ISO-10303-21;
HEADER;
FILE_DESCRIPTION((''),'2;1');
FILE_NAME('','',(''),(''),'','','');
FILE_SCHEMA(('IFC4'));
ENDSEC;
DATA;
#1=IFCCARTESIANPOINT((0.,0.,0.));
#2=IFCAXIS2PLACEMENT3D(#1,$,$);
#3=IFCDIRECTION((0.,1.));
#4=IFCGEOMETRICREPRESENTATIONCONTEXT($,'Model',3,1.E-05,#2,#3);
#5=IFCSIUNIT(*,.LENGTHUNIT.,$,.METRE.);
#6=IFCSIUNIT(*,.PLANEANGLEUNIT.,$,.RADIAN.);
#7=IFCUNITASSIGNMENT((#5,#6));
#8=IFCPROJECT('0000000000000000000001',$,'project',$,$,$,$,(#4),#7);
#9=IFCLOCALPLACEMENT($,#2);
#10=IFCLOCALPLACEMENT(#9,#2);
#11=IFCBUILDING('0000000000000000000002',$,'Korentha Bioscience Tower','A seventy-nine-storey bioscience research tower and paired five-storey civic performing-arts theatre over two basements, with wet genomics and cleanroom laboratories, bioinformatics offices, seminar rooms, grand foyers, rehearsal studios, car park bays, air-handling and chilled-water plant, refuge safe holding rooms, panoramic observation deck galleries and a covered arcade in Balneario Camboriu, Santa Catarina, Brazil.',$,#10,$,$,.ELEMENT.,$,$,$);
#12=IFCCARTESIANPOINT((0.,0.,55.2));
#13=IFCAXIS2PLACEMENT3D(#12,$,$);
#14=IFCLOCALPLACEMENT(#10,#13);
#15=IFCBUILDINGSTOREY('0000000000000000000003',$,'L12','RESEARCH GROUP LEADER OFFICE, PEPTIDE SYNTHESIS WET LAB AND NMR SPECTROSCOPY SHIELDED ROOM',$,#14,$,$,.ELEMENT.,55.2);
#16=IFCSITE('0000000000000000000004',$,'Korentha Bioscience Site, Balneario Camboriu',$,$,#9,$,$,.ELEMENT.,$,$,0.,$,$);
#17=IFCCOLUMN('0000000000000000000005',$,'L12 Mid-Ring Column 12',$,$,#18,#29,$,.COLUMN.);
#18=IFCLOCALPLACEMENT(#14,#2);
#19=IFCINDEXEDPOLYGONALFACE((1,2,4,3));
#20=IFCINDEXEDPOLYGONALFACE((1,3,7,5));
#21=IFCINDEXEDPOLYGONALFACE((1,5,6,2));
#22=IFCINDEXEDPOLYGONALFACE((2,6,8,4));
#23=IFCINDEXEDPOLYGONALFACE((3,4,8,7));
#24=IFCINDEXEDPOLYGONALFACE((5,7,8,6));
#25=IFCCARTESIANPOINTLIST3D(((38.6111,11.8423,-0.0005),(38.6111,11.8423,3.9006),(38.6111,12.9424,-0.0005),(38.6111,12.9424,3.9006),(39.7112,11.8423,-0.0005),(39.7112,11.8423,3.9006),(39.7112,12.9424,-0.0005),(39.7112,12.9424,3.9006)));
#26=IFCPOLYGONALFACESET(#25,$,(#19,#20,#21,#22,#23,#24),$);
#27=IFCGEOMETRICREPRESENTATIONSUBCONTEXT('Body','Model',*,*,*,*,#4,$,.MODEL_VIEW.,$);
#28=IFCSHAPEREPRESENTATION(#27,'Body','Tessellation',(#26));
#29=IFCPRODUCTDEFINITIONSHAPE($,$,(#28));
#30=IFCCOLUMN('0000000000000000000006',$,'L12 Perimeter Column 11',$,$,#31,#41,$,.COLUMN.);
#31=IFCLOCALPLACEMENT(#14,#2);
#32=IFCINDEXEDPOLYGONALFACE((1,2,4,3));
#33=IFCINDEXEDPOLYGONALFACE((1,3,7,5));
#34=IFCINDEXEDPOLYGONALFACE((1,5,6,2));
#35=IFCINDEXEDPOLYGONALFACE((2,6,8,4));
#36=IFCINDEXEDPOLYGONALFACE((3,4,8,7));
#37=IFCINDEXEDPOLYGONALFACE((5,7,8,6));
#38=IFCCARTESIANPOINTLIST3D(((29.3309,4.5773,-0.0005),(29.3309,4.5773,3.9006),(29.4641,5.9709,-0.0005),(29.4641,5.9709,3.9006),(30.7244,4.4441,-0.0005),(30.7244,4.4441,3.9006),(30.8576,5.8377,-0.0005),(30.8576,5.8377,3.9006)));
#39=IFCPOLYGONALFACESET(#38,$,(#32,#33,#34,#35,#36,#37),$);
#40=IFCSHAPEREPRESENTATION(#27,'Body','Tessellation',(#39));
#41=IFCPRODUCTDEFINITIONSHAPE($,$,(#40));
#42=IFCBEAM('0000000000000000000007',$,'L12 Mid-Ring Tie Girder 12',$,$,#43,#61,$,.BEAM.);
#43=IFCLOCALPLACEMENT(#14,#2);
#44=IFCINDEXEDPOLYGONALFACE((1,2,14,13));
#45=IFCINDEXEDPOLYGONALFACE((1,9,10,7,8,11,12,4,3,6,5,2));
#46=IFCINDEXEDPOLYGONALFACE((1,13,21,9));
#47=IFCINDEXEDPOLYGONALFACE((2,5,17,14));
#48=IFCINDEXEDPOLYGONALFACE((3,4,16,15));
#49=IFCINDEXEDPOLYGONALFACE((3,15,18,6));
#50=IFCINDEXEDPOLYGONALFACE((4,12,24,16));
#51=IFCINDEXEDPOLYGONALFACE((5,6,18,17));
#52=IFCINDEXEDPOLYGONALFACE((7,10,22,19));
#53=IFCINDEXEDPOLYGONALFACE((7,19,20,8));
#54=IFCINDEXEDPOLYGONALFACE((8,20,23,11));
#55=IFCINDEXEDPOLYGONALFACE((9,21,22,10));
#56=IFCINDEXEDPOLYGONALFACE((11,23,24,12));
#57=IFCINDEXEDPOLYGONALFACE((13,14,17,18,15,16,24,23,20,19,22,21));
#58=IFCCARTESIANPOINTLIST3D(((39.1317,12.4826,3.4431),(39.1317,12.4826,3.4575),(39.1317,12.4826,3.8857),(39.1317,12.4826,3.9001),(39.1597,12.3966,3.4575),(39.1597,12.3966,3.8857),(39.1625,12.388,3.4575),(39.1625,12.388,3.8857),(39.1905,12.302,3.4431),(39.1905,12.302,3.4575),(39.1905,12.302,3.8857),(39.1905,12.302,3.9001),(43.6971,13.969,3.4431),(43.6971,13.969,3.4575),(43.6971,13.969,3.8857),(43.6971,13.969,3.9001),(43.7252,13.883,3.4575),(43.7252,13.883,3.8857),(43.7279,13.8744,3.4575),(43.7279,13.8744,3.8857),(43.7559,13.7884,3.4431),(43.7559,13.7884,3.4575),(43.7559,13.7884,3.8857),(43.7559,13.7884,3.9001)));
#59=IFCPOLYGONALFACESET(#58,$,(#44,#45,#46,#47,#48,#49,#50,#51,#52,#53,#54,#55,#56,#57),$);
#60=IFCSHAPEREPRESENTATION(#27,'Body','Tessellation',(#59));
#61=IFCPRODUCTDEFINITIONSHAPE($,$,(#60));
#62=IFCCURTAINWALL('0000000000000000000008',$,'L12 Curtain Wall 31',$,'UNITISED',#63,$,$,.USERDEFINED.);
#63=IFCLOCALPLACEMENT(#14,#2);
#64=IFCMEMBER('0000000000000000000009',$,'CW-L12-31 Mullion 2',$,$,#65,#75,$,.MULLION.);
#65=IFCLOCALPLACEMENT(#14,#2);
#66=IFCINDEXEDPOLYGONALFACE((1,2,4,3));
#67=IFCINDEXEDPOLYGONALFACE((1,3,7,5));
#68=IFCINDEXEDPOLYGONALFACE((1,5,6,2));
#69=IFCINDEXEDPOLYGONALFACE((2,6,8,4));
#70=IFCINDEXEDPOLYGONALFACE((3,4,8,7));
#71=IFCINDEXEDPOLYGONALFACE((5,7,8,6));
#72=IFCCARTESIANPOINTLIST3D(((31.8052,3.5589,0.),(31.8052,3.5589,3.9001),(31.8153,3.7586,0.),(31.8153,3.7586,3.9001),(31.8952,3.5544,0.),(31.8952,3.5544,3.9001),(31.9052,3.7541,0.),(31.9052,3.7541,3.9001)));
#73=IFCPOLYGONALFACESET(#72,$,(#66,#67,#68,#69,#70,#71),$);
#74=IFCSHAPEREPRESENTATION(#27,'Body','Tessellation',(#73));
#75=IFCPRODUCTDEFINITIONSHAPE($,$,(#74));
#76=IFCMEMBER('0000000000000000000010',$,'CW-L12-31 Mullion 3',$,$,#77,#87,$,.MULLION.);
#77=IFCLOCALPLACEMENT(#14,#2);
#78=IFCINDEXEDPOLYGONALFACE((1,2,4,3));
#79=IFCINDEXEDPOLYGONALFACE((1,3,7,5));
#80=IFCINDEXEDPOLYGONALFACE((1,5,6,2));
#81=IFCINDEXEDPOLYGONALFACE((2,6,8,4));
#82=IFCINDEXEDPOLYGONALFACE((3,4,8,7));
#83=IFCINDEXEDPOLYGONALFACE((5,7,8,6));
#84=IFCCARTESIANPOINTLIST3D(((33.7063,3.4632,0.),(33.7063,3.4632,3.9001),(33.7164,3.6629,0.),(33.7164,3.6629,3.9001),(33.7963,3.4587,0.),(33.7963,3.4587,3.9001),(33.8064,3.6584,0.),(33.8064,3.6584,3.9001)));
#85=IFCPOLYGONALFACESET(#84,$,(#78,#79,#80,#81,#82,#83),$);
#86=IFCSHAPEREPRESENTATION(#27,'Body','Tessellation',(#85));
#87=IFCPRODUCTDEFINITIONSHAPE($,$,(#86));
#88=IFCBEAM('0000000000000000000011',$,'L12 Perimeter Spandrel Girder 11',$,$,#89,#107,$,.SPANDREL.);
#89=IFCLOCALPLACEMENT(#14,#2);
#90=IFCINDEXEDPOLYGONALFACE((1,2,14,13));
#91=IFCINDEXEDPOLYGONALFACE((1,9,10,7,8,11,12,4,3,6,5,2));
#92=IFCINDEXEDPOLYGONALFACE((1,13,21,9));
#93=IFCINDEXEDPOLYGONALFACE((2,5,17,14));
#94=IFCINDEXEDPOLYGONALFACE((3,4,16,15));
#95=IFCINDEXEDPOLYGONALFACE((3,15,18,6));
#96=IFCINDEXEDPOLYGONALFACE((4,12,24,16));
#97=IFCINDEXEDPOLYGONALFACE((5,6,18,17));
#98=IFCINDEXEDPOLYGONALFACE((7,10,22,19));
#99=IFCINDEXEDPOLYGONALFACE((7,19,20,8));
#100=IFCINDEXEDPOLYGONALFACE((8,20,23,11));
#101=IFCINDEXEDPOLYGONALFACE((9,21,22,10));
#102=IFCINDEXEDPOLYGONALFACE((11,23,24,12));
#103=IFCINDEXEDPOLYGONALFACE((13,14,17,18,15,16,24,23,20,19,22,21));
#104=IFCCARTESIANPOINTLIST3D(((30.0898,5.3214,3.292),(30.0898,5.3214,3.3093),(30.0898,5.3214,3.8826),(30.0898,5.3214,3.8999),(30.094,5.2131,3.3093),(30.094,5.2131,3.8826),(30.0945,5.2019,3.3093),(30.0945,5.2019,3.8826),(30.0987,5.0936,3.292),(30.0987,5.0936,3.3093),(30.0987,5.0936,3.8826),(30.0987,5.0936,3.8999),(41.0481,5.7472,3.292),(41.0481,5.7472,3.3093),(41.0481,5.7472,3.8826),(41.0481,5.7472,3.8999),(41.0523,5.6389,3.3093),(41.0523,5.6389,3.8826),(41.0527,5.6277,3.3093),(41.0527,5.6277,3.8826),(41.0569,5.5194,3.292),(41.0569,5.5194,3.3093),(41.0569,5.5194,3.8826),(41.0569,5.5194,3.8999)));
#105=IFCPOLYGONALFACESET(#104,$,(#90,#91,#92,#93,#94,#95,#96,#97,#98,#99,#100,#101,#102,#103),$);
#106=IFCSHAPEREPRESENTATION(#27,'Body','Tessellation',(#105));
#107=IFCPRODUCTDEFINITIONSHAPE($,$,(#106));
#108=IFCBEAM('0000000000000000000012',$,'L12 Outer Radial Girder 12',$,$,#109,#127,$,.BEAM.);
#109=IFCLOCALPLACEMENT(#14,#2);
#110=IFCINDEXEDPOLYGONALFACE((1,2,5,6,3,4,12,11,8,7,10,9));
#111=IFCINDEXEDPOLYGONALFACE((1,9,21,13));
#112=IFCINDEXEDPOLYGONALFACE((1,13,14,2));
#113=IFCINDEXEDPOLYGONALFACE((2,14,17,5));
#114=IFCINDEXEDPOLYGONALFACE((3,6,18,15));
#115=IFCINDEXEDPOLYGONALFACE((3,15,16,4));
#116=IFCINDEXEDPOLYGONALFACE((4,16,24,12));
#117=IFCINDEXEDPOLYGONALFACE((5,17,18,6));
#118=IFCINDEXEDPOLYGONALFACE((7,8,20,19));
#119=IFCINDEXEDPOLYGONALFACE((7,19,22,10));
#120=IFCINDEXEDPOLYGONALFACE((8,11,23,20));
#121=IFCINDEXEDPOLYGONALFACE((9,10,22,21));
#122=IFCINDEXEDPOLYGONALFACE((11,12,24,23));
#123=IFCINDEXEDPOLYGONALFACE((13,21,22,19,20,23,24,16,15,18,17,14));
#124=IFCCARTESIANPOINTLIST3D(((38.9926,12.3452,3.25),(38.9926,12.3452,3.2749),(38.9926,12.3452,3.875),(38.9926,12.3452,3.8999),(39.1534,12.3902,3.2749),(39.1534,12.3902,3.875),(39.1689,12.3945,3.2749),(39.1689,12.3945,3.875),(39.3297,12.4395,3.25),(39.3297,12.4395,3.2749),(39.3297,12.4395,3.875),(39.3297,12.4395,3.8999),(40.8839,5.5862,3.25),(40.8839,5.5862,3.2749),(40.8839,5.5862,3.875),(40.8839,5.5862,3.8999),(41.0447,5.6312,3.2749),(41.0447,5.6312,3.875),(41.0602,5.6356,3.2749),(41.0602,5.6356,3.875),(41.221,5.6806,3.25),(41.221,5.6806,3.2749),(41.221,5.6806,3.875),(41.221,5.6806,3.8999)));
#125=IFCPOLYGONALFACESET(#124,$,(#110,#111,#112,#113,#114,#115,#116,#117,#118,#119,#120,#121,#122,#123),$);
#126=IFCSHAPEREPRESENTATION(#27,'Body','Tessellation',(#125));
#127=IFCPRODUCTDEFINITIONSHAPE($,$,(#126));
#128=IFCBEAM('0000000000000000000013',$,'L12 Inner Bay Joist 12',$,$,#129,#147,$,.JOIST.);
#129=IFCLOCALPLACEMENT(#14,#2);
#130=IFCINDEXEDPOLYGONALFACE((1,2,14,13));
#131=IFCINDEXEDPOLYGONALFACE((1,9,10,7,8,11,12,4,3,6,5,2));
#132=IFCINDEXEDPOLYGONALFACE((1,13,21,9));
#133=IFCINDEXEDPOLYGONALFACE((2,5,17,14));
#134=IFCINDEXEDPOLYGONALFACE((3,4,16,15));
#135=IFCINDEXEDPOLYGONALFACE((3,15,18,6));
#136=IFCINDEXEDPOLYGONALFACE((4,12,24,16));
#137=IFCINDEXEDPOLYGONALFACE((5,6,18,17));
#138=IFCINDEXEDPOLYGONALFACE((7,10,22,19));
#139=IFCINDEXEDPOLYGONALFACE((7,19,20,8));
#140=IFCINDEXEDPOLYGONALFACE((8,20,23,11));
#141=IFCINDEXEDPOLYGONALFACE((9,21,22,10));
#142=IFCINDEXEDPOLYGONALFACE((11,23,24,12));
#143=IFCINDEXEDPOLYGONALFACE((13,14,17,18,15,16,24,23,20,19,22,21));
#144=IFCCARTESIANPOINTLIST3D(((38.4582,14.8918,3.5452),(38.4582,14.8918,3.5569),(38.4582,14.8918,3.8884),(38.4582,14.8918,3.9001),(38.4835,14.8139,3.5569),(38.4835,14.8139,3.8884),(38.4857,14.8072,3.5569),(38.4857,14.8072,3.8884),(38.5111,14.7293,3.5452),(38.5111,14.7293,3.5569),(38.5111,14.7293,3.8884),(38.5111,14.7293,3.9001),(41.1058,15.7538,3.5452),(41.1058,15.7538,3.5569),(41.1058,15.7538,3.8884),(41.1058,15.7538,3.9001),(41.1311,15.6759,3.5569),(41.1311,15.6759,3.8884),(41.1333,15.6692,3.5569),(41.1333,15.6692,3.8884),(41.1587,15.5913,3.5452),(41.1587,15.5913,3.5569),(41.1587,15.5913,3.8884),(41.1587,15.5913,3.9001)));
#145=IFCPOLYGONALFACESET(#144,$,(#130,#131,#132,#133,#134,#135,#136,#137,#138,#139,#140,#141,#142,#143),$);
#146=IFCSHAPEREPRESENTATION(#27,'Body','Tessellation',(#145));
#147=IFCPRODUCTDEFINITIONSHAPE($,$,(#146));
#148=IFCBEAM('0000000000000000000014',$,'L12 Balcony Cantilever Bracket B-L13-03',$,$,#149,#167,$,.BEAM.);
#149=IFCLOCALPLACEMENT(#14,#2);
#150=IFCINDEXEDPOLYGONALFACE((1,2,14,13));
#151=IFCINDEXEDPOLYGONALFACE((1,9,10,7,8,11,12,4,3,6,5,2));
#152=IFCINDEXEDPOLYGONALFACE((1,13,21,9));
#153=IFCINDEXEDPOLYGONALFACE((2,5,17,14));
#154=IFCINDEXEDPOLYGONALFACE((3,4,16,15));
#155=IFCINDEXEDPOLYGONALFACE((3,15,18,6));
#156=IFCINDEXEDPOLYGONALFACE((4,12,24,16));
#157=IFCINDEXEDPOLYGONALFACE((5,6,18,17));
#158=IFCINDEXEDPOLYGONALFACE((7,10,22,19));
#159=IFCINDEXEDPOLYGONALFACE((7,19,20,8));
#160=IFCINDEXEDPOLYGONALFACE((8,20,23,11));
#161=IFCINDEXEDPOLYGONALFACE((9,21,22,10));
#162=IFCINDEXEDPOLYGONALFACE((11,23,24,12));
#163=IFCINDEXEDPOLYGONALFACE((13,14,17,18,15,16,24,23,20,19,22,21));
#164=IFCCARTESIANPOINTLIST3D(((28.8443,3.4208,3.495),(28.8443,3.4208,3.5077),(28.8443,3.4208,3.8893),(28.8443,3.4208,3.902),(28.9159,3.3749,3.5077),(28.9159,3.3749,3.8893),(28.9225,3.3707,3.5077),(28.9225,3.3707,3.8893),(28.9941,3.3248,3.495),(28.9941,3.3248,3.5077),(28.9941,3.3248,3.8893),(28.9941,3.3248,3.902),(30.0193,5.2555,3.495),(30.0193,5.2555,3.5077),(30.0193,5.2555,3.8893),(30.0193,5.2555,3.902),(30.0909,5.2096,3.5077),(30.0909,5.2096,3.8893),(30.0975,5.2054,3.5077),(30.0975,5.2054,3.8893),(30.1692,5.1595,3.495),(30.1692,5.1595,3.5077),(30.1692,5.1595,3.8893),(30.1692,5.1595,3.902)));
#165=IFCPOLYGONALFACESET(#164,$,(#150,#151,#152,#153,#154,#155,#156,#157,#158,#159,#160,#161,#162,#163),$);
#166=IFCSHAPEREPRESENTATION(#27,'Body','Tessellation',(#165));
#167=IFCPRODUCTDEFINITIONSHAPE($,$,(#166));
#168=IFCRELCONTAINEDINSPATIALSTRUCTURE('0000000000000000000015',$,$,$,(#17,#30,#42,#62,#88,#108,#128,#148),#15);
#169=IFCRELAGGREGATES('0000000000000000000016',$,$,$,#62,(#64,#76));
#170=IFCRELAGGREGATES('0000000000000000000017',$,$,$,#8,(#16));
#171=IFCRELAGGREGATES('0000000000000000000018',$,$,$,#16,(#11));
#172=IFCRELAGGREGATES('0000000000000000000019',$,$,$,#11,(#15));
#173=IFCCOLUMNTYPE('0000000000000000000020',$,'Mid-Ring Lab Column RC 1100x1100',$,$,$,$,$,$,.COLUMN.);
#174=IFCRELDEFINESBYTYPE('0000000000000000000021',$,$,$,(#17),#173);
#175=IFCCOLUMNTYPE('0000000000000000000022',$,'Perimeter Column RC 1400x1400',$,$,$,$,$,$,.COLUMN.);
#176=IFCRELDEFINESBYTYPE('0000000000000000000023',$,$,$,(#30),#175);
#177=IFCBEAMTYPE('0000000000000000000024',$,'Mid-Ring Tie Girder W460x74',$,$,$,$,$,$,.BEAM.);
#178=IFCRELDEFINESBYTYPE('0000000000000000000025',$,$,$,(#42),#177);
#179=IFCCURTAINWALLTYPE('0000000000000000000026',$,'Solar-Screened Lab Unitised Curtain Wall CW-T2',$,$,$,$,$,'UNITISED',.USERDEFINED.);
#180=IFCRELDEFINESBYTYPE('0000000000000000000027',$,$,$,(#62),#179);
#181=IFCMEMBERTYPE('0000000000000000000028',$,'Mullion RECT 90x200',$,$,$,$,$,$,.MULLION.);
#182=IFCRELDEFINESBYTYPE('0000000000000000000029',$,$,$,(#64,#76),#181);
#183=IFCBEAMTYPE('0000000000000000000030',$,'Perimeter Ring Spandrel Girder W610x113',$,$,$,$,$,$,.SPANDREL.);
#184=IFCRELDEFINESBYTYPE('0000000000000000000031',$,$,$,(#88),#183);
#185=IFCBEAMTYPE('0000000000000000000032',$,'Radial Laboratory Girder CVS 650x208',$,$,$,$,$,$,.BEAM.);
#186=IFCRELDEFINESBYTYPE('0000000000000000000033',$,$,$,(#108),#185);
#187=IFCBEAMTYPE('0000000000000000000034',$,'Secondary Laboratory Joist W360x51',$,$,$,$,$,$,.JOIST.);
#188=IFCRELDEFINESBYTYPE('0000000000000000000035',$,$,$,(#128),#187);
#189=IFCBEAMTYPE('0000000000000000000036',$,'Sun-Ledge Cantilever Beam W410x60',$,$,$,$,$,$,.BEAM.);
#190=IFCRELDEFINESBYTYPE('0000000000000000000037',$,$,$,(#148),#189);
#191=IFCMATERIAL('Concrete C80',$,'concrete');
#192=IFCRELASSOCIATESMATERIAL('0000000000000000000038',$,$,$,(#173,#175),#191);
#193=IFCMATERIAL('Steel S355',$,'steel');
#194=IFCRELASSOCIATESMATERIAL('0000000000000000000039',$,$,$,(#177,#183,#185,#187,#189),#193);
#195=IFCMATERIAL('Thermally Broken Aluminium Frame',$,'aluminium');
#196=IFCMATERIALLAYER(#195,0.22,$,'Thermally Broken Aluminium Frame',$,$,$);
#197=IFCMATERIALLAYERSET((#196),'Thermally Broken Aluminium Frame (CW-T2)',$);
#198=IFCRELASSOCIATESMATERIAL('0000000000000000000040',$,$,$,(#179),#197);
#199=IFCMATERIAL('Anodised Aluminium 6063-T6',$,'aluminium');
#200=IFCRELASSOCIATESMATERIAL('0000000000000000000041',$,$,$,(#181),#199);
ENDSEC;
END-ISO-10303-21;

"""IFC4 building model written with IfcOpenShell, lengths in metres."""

from ifc_helpers import new_model, si_unit, direction, frame, origin, origin_2d, place, context, subcontext, project, spatial, rectangle, i_section, extrude, material, layer, layer_set, material_profile, profile_set, type_object, element, aggregate, save


model = new_model("IFC4")

# Units and contexts
model_context = context("Model", 3, precision=1e-05, world=origin(), true_north=direction((0.0, 1.0)))
body_context = subcontext(model_context, "Body", "Model", "MODEL_VIEW")
ifc_project = project(units=[si_unit("LENGTHUNIT", "METRE"), si_unit("PLANEANGLEUNIT", "RADIAN")], contexts=[model_context])

# Site, building, storey
site_placement = place(None, origin())
site = spatial("IfcSite", under=ifc_project, at=site_placement, Name="Korentha Bioscience Site, Balneario Camboriu", CompositionType="ELEMENT", RefElevation=0.0)
building_placement = place(site_placement, origin())
building = spatial("IfcBuilding", under=site, at=building_placement, Name="Korentha Bioscience Tower", Description="A seventy-nine-storey bioscience research tower and paired five-storey civic performing-arts theatre over two basements, with wet genomics and cleanroom laboratories, bioinformatics offices, seminar rooms, grand foyers, rehearsal studios, car park bays, air-handling and chilled-water plant, refuge safe holding rooms, panoramic observation deck galleries and a covered arcade in Balneario Camboriu, Santa Catarina, Brazil.", CompositionType="ELEMENT")
storey_placement = place(building_placement, frame((0.0, 0.0, 55.2)))
storey = spatial("IfcBuildingStorey", under=building, at=storey_placement, Name="L12", Description="RESEARCH GROUP LEADER OFFICE, PEPTIDE SYNTHESIS WET LAB AND NMR SPECTROSCOPY SHIELDED ROOM", CompositionType="ELEMENT", Elevation=55.2)

# Columns
ifc_material_1 = material(Name="Concrete C80", Category="concrete")
ifc_material_profile_1 = material_profile(ifc_material_1, rectangle(XDim=1.1001, YDim=1.1001, at=origin_2d()), Name="Concrete C80")
ifc_profile_set_1 = profile_set([ifc_material_profile_1], Name="Concrete C80 (COL-MR11)")
column_type_1 = type_object("IfcColumnType", Name="Mid-Ring Lab Column RC 1100x1100", PredefinedType="COLUMN", material=ifc_profile_set_1)
column_1_placement = place(storey_placement, frame((39.1611, 12.3923, -0.0005), z_axis=(0.0, 0.0, 1.0), x_axis=(1.0, 0.0, 0.0)))
element("IfcColumn", 1, at=column_1_placement, inside=storey, type_object=column_type_1, Name="L12 Mid-Ring Column 12", PredefinedType="COLUMN", context=body_context, shape_type="SweptSolid", body=[
    extrude(rectangle(XDim=1.1001, YDim=1.1001, at=origin_2d()), origin(), (0.0, 0.0, 1.0), 3.9011),
])
ifc_material_profile_2 = material_profile(ifc_material_1, rectangle(XDim=1.3999, YDim=1.3999, at=origin_2d()), Name="Concrete C80")
ifc_profile_set_2 = profile_set([ifc_material_profile_2], Name="Concrete C80 (COL-P14)")
column_type_2 = type_object("IfcColumnType", Name="Perimeter Column RC 1400x1400", PredefinedType="COLUMN", material=ifc_profile_set_2)
column_2_placement = place(storey_placement, frame((30.0942, 5.2075, -0.0005), z_axis=(0.0, 0.0, 1.0), x_axis=(-0.995463, 0.095151, 0.0)))
element("IfcColumn", 2, at=column_2_placement, inside=storey, type_object=column_type_2, Name="L12 Perimeter Column 11", PredefinedType="COLUMN", context=body_context, shape_type="SweptSolid", body=[
    extrude(rectangle(XDim=1.3999, YDim=1.3999, at=origin_2d()), origin(), (0.0, 0.0, 1.0), 3.9011),
])

# Beam
ifc_material_2 = material(Name="Steel S355", Category="steel")
ifc_material_profile_3 = material_profile(ifc_material_2, i_section(OverallWidth=0.1899, OverallDepth=0.457, WebThickness=0.009, FlangeThickness=0.0144, at=origin_2d()), Name="Steel S355")
ifc_profile_set_3 = profile_set([ifc_material_profile_3], Name="Steel S355 (MB-460)")
beam_type_1 = type_object("IfcBeamType", Name="Mid-Ring Tie Girder W460x74", PredefinedType="BEAM", material=ifc_profile_set_3)
beam_1_placement = place(storey_placement, frame((39.1611, 12.3923, 3.6716), z_axis=(0.950877, 0.309569, 0.0), x_axis=(-0.309569, 0.950877, 0.0)))
element("IfcBeam", 3, at=beam_1_placement, inside=storey, type_object=beam_type_1, Name="L12 Mid-Ring Tie Girder 12", PredefinedType="BEAM", context=body_context, shape_type="SweptSolid", body=[
    extrude(i_section(OverallWidth=0.1899, OverallDepth=0.457, WebThickness=0.009, FlangeThickness=0.0144, at=origin_2d()), origin(), (0.0, 0.0, 1.0), 4.8013),
])

# Curtain wall, members
ifc_material_3 = material(Name="Thermally Broken Aluminium Frame", Category="aluminium")
ifc_layer_1 = layer(ifc_material_3, 0.22, Name="Thermally Broken Aluminium Frame")
ifc_layer_set_1 = layer_set([ifc_layer_1], Name="Thermally Broken Aluminium Frame (CW-T2)")
curtain_wall_type = type_object("IfcCurtainWallType", Name="Solar-Screened Lab Unitised Curtain Wall CW-T2", ElementType="UNITISED", PredefinedType="USERDEFINED", material=ifc_layer_set_1)
curtain_wall_placement = place(storey_placement, origin())
curtain_wall = element("IfcCurtainWall", 4, at=curtain_wall_placement, inside=storey, type_object=curtain_wall_type, Name="L12 Curtain Wall 31", ObjectType="UNITISED", PredefinedType="USERDEFINED")
ifc_material_4 = material(Name="Anodised Aluminium 6063-T6", Category="aluminium")
ifc_material_profile_4 = material_profile(ifc_material_4, rectangle(XDim=0.0901, YDim=0.2, at=origin_2d()), Name="Anodised Aluminium 6063-T6")
ifc_profile_set_4 = profile_set([ifc_material_profile_4], Name="Anodised Aluminium 6063-T6 (CW-MUL)")
member_type_1 = type_object("IfcMemberType", Name="Mullion RECT 90x200", PredefinedType="MULLION", material=ifc_profile_set_4)
member_1_placement = place(storey_placement, frame((31.8552, 3.6565, 0.0), z_axis=(0.0, 0.0, 1.0), x_axis=(0.998731, -0.050371, 0.0)))
member_1 = element("IfcMember", 5, at=member_1_placement, type_object=member_type_1, Name="CW-L12-31 Mullion 2", PredefinedType="MULLION", context=body_context, shape_type="SweptSolid", body=[
    extrude(rectangle(XDim=0.0901, YDim=0.2, at=origin_2d()), origin(), (0.0, 0.0, 1.0), 3.9001),
])
member_2_placement = place(storey_placement, frame((33.7563, 3.5608, 0.0), z_axis=(0.0, 0.0, 1.0), x_axis=(0.998731, -0.050371, 0.0)))
member_2 = element("IfcMember", 6, at=member_2_placement, type_object=member_type_1, Name="CW-L12-31 Mullion 3", PredefinedType="MULLION", context=body_context, shape_type="SweptSolid", body=[
    extrude(rectangle(XDim=0.0901, YDim=0.2, at=origin_2d()), origin(), (0.0, 0.0, 1.0), 3.9001),
])

# Beams
ifc_material_profile_5 = material_profile(ifc_material_2, i_section(OverallWidth=0.228, OverallDepth=0.6079, WebThickness=0.0112, FlangeThickness=0.0173, at=origin_2d()), Name="Steel S355")
ifc_profile_set_5 = profile_set([ifc_material_profile_5], Name="Steel S355 (SB-610)")
beam_type_2 = type_object("IfcBeamType", Name="Perimeter Ring Spandrel Girder W610x113", PredefinedType="SPANDREL", material=ifc_profile_set_5)
beam_2_placement = place(storey_placement, frame((30.0942, 5.2075, 3.5959), z_axis=(0.999246, 0.038826, 0.0), x_axis=(-0.038826, 0.999246, 0.0)))
element("IfcBeam", 7, at=beam_2_placement, inside=storey, type_object=beam_type_2, Name="L12 Perimeter Spandrel Girder 11", PredefinedType="SPANDREL", context=body_context, shape_type="SweptSolid", body=[
    extrude(i_section(OverallWidth=0.228, OverallDepth=0.6079, WebThickness=0.0112, FlangeThickness=0.0173, at=origin_2d()), origin(), (0.0, 0.0, 1.0), 10.9666),
])
ifc_material_profile_6 = material_profile(ifc_material_2, i_section(OverallWidth=0.3501, OverallDepth=0.6499, WebThickness=0.0161, FlangeThickness=0.0249, at=origin_2d()), Name="Steel S355")
ifc_profile_set_6 = profile_set([ifc_material_profile_6], Name="Steel S355 (RB-650)")
beam_type_3 = type_object("IfcBeamType", Name="Radial Laboratory Girder CVS 650x208", PredefinedType="BEAM", material=ifc_profile_set_6)
beam_3_placement = place(storey_placement, frame((39.1611, 12.3923, 3.575), z_axis=(0.269475, -0.963007, 0.0), x_axis=(0.963007, 0.269475, 0.0)))
element("IfcBeam", 8, at=beam_3_placement, inside=storey, type_object=beam_type_3, Name="L12 Outer Radial Girder 12", PredefinedType="BEAM", context=body_context, shape_type="SweptSolid", body=[
    extrude(i_section(OverallWidth=0.3501, OverallDepth=0.6499, WebThickness=0.0161, FlangeThickness=0.0249, at=origin_2d()), origin(), (0.0, 0.0, 1.0), 7.0186),
])
ifc_material_profile_7 = material_profile(ifc_material_2, i_section(OverallWidth=0.1709, OverallDepth=0.355, WebThickness=0.0071, FlangeThickness=0.0117, at=origin_2d()), Name="Steel S355")
ifc_profile_set_7 = profile_set([ifc_material_profile_7], Name="Steel S355 (JB-360)")
beam_type_4 = type_object("IfcBeamType", Name="Secondary Laboratory Joist W360x51", PredefinedType="JOIST", material=ifc_profile_set_7)
beam_4_placement = place(storey_placement, frame((38.4846, 14.8105, 3.7227), z_axis=(0.95087, 0.309592, 0.0), x_axis=(-0.309592, 0.95087, 0.0)))
element("IfcBeam", 9, at=beam_4_placement, inside=storey, type_object=beam_type_4, Name="L12 Inner Bay Joist 12", PredefinedType="JOIST", context=body_context, shape_type="SweptSolid", body=[
    extrude(i_section(OverallWidth=0.1709, OverallDepth=0.355, WebThickness=0.0071, FlangeThickness=0.0117, at=origin_2d()), origin(), (0.0, 0.0, 1.0), 2.7844),
])
ifc_material_profile_8 = material_profile(ifc_material_2, i_section(OverallWidth=0.178, OverallDepth=0.407, WebThickness=0.0078, FlangeThickness=0.0127, at=origin_2d()), Name="Steel S355")
ifc_profile_set_8 = profile_set([ifc_material_profile_8], Name="Steel S355 (CB-410)")
beam_type_5 = type_object("IfcBeamType", Name="Sun-Ledge Cantilever Beam W410x60", PredefinedType="BEAM", material=ifc_profile_set_8)
beam_5_placement = place(storey_placement, frame((30.0942, 5.2075, 3.6985), z_axis=(-0.539324, -0.842098, 0.0), x_axis=(0.842098, -0.539324, 0.0)))
element("IfcBeam", 10, at=beam_5_placement, inside=storey, type_object=beam_type_5, Name="L12 Balcony Cantilever Bracket B-L13-03", PredefinedType="BEAM", context=body_context, shape_type="SweptSolid", body=[
    extrude(i_section(OverallWidth=0.178, OverallDepth=0.407, WebThickness=0.0078, FlangeThickness=0.0127, at=origin_2d()), origin(), (0.0, 0.0, 1.0), 2.1787),
])

aggregate(curtain_wall, [member_1, member_2])

save(model, "model.ifc")
